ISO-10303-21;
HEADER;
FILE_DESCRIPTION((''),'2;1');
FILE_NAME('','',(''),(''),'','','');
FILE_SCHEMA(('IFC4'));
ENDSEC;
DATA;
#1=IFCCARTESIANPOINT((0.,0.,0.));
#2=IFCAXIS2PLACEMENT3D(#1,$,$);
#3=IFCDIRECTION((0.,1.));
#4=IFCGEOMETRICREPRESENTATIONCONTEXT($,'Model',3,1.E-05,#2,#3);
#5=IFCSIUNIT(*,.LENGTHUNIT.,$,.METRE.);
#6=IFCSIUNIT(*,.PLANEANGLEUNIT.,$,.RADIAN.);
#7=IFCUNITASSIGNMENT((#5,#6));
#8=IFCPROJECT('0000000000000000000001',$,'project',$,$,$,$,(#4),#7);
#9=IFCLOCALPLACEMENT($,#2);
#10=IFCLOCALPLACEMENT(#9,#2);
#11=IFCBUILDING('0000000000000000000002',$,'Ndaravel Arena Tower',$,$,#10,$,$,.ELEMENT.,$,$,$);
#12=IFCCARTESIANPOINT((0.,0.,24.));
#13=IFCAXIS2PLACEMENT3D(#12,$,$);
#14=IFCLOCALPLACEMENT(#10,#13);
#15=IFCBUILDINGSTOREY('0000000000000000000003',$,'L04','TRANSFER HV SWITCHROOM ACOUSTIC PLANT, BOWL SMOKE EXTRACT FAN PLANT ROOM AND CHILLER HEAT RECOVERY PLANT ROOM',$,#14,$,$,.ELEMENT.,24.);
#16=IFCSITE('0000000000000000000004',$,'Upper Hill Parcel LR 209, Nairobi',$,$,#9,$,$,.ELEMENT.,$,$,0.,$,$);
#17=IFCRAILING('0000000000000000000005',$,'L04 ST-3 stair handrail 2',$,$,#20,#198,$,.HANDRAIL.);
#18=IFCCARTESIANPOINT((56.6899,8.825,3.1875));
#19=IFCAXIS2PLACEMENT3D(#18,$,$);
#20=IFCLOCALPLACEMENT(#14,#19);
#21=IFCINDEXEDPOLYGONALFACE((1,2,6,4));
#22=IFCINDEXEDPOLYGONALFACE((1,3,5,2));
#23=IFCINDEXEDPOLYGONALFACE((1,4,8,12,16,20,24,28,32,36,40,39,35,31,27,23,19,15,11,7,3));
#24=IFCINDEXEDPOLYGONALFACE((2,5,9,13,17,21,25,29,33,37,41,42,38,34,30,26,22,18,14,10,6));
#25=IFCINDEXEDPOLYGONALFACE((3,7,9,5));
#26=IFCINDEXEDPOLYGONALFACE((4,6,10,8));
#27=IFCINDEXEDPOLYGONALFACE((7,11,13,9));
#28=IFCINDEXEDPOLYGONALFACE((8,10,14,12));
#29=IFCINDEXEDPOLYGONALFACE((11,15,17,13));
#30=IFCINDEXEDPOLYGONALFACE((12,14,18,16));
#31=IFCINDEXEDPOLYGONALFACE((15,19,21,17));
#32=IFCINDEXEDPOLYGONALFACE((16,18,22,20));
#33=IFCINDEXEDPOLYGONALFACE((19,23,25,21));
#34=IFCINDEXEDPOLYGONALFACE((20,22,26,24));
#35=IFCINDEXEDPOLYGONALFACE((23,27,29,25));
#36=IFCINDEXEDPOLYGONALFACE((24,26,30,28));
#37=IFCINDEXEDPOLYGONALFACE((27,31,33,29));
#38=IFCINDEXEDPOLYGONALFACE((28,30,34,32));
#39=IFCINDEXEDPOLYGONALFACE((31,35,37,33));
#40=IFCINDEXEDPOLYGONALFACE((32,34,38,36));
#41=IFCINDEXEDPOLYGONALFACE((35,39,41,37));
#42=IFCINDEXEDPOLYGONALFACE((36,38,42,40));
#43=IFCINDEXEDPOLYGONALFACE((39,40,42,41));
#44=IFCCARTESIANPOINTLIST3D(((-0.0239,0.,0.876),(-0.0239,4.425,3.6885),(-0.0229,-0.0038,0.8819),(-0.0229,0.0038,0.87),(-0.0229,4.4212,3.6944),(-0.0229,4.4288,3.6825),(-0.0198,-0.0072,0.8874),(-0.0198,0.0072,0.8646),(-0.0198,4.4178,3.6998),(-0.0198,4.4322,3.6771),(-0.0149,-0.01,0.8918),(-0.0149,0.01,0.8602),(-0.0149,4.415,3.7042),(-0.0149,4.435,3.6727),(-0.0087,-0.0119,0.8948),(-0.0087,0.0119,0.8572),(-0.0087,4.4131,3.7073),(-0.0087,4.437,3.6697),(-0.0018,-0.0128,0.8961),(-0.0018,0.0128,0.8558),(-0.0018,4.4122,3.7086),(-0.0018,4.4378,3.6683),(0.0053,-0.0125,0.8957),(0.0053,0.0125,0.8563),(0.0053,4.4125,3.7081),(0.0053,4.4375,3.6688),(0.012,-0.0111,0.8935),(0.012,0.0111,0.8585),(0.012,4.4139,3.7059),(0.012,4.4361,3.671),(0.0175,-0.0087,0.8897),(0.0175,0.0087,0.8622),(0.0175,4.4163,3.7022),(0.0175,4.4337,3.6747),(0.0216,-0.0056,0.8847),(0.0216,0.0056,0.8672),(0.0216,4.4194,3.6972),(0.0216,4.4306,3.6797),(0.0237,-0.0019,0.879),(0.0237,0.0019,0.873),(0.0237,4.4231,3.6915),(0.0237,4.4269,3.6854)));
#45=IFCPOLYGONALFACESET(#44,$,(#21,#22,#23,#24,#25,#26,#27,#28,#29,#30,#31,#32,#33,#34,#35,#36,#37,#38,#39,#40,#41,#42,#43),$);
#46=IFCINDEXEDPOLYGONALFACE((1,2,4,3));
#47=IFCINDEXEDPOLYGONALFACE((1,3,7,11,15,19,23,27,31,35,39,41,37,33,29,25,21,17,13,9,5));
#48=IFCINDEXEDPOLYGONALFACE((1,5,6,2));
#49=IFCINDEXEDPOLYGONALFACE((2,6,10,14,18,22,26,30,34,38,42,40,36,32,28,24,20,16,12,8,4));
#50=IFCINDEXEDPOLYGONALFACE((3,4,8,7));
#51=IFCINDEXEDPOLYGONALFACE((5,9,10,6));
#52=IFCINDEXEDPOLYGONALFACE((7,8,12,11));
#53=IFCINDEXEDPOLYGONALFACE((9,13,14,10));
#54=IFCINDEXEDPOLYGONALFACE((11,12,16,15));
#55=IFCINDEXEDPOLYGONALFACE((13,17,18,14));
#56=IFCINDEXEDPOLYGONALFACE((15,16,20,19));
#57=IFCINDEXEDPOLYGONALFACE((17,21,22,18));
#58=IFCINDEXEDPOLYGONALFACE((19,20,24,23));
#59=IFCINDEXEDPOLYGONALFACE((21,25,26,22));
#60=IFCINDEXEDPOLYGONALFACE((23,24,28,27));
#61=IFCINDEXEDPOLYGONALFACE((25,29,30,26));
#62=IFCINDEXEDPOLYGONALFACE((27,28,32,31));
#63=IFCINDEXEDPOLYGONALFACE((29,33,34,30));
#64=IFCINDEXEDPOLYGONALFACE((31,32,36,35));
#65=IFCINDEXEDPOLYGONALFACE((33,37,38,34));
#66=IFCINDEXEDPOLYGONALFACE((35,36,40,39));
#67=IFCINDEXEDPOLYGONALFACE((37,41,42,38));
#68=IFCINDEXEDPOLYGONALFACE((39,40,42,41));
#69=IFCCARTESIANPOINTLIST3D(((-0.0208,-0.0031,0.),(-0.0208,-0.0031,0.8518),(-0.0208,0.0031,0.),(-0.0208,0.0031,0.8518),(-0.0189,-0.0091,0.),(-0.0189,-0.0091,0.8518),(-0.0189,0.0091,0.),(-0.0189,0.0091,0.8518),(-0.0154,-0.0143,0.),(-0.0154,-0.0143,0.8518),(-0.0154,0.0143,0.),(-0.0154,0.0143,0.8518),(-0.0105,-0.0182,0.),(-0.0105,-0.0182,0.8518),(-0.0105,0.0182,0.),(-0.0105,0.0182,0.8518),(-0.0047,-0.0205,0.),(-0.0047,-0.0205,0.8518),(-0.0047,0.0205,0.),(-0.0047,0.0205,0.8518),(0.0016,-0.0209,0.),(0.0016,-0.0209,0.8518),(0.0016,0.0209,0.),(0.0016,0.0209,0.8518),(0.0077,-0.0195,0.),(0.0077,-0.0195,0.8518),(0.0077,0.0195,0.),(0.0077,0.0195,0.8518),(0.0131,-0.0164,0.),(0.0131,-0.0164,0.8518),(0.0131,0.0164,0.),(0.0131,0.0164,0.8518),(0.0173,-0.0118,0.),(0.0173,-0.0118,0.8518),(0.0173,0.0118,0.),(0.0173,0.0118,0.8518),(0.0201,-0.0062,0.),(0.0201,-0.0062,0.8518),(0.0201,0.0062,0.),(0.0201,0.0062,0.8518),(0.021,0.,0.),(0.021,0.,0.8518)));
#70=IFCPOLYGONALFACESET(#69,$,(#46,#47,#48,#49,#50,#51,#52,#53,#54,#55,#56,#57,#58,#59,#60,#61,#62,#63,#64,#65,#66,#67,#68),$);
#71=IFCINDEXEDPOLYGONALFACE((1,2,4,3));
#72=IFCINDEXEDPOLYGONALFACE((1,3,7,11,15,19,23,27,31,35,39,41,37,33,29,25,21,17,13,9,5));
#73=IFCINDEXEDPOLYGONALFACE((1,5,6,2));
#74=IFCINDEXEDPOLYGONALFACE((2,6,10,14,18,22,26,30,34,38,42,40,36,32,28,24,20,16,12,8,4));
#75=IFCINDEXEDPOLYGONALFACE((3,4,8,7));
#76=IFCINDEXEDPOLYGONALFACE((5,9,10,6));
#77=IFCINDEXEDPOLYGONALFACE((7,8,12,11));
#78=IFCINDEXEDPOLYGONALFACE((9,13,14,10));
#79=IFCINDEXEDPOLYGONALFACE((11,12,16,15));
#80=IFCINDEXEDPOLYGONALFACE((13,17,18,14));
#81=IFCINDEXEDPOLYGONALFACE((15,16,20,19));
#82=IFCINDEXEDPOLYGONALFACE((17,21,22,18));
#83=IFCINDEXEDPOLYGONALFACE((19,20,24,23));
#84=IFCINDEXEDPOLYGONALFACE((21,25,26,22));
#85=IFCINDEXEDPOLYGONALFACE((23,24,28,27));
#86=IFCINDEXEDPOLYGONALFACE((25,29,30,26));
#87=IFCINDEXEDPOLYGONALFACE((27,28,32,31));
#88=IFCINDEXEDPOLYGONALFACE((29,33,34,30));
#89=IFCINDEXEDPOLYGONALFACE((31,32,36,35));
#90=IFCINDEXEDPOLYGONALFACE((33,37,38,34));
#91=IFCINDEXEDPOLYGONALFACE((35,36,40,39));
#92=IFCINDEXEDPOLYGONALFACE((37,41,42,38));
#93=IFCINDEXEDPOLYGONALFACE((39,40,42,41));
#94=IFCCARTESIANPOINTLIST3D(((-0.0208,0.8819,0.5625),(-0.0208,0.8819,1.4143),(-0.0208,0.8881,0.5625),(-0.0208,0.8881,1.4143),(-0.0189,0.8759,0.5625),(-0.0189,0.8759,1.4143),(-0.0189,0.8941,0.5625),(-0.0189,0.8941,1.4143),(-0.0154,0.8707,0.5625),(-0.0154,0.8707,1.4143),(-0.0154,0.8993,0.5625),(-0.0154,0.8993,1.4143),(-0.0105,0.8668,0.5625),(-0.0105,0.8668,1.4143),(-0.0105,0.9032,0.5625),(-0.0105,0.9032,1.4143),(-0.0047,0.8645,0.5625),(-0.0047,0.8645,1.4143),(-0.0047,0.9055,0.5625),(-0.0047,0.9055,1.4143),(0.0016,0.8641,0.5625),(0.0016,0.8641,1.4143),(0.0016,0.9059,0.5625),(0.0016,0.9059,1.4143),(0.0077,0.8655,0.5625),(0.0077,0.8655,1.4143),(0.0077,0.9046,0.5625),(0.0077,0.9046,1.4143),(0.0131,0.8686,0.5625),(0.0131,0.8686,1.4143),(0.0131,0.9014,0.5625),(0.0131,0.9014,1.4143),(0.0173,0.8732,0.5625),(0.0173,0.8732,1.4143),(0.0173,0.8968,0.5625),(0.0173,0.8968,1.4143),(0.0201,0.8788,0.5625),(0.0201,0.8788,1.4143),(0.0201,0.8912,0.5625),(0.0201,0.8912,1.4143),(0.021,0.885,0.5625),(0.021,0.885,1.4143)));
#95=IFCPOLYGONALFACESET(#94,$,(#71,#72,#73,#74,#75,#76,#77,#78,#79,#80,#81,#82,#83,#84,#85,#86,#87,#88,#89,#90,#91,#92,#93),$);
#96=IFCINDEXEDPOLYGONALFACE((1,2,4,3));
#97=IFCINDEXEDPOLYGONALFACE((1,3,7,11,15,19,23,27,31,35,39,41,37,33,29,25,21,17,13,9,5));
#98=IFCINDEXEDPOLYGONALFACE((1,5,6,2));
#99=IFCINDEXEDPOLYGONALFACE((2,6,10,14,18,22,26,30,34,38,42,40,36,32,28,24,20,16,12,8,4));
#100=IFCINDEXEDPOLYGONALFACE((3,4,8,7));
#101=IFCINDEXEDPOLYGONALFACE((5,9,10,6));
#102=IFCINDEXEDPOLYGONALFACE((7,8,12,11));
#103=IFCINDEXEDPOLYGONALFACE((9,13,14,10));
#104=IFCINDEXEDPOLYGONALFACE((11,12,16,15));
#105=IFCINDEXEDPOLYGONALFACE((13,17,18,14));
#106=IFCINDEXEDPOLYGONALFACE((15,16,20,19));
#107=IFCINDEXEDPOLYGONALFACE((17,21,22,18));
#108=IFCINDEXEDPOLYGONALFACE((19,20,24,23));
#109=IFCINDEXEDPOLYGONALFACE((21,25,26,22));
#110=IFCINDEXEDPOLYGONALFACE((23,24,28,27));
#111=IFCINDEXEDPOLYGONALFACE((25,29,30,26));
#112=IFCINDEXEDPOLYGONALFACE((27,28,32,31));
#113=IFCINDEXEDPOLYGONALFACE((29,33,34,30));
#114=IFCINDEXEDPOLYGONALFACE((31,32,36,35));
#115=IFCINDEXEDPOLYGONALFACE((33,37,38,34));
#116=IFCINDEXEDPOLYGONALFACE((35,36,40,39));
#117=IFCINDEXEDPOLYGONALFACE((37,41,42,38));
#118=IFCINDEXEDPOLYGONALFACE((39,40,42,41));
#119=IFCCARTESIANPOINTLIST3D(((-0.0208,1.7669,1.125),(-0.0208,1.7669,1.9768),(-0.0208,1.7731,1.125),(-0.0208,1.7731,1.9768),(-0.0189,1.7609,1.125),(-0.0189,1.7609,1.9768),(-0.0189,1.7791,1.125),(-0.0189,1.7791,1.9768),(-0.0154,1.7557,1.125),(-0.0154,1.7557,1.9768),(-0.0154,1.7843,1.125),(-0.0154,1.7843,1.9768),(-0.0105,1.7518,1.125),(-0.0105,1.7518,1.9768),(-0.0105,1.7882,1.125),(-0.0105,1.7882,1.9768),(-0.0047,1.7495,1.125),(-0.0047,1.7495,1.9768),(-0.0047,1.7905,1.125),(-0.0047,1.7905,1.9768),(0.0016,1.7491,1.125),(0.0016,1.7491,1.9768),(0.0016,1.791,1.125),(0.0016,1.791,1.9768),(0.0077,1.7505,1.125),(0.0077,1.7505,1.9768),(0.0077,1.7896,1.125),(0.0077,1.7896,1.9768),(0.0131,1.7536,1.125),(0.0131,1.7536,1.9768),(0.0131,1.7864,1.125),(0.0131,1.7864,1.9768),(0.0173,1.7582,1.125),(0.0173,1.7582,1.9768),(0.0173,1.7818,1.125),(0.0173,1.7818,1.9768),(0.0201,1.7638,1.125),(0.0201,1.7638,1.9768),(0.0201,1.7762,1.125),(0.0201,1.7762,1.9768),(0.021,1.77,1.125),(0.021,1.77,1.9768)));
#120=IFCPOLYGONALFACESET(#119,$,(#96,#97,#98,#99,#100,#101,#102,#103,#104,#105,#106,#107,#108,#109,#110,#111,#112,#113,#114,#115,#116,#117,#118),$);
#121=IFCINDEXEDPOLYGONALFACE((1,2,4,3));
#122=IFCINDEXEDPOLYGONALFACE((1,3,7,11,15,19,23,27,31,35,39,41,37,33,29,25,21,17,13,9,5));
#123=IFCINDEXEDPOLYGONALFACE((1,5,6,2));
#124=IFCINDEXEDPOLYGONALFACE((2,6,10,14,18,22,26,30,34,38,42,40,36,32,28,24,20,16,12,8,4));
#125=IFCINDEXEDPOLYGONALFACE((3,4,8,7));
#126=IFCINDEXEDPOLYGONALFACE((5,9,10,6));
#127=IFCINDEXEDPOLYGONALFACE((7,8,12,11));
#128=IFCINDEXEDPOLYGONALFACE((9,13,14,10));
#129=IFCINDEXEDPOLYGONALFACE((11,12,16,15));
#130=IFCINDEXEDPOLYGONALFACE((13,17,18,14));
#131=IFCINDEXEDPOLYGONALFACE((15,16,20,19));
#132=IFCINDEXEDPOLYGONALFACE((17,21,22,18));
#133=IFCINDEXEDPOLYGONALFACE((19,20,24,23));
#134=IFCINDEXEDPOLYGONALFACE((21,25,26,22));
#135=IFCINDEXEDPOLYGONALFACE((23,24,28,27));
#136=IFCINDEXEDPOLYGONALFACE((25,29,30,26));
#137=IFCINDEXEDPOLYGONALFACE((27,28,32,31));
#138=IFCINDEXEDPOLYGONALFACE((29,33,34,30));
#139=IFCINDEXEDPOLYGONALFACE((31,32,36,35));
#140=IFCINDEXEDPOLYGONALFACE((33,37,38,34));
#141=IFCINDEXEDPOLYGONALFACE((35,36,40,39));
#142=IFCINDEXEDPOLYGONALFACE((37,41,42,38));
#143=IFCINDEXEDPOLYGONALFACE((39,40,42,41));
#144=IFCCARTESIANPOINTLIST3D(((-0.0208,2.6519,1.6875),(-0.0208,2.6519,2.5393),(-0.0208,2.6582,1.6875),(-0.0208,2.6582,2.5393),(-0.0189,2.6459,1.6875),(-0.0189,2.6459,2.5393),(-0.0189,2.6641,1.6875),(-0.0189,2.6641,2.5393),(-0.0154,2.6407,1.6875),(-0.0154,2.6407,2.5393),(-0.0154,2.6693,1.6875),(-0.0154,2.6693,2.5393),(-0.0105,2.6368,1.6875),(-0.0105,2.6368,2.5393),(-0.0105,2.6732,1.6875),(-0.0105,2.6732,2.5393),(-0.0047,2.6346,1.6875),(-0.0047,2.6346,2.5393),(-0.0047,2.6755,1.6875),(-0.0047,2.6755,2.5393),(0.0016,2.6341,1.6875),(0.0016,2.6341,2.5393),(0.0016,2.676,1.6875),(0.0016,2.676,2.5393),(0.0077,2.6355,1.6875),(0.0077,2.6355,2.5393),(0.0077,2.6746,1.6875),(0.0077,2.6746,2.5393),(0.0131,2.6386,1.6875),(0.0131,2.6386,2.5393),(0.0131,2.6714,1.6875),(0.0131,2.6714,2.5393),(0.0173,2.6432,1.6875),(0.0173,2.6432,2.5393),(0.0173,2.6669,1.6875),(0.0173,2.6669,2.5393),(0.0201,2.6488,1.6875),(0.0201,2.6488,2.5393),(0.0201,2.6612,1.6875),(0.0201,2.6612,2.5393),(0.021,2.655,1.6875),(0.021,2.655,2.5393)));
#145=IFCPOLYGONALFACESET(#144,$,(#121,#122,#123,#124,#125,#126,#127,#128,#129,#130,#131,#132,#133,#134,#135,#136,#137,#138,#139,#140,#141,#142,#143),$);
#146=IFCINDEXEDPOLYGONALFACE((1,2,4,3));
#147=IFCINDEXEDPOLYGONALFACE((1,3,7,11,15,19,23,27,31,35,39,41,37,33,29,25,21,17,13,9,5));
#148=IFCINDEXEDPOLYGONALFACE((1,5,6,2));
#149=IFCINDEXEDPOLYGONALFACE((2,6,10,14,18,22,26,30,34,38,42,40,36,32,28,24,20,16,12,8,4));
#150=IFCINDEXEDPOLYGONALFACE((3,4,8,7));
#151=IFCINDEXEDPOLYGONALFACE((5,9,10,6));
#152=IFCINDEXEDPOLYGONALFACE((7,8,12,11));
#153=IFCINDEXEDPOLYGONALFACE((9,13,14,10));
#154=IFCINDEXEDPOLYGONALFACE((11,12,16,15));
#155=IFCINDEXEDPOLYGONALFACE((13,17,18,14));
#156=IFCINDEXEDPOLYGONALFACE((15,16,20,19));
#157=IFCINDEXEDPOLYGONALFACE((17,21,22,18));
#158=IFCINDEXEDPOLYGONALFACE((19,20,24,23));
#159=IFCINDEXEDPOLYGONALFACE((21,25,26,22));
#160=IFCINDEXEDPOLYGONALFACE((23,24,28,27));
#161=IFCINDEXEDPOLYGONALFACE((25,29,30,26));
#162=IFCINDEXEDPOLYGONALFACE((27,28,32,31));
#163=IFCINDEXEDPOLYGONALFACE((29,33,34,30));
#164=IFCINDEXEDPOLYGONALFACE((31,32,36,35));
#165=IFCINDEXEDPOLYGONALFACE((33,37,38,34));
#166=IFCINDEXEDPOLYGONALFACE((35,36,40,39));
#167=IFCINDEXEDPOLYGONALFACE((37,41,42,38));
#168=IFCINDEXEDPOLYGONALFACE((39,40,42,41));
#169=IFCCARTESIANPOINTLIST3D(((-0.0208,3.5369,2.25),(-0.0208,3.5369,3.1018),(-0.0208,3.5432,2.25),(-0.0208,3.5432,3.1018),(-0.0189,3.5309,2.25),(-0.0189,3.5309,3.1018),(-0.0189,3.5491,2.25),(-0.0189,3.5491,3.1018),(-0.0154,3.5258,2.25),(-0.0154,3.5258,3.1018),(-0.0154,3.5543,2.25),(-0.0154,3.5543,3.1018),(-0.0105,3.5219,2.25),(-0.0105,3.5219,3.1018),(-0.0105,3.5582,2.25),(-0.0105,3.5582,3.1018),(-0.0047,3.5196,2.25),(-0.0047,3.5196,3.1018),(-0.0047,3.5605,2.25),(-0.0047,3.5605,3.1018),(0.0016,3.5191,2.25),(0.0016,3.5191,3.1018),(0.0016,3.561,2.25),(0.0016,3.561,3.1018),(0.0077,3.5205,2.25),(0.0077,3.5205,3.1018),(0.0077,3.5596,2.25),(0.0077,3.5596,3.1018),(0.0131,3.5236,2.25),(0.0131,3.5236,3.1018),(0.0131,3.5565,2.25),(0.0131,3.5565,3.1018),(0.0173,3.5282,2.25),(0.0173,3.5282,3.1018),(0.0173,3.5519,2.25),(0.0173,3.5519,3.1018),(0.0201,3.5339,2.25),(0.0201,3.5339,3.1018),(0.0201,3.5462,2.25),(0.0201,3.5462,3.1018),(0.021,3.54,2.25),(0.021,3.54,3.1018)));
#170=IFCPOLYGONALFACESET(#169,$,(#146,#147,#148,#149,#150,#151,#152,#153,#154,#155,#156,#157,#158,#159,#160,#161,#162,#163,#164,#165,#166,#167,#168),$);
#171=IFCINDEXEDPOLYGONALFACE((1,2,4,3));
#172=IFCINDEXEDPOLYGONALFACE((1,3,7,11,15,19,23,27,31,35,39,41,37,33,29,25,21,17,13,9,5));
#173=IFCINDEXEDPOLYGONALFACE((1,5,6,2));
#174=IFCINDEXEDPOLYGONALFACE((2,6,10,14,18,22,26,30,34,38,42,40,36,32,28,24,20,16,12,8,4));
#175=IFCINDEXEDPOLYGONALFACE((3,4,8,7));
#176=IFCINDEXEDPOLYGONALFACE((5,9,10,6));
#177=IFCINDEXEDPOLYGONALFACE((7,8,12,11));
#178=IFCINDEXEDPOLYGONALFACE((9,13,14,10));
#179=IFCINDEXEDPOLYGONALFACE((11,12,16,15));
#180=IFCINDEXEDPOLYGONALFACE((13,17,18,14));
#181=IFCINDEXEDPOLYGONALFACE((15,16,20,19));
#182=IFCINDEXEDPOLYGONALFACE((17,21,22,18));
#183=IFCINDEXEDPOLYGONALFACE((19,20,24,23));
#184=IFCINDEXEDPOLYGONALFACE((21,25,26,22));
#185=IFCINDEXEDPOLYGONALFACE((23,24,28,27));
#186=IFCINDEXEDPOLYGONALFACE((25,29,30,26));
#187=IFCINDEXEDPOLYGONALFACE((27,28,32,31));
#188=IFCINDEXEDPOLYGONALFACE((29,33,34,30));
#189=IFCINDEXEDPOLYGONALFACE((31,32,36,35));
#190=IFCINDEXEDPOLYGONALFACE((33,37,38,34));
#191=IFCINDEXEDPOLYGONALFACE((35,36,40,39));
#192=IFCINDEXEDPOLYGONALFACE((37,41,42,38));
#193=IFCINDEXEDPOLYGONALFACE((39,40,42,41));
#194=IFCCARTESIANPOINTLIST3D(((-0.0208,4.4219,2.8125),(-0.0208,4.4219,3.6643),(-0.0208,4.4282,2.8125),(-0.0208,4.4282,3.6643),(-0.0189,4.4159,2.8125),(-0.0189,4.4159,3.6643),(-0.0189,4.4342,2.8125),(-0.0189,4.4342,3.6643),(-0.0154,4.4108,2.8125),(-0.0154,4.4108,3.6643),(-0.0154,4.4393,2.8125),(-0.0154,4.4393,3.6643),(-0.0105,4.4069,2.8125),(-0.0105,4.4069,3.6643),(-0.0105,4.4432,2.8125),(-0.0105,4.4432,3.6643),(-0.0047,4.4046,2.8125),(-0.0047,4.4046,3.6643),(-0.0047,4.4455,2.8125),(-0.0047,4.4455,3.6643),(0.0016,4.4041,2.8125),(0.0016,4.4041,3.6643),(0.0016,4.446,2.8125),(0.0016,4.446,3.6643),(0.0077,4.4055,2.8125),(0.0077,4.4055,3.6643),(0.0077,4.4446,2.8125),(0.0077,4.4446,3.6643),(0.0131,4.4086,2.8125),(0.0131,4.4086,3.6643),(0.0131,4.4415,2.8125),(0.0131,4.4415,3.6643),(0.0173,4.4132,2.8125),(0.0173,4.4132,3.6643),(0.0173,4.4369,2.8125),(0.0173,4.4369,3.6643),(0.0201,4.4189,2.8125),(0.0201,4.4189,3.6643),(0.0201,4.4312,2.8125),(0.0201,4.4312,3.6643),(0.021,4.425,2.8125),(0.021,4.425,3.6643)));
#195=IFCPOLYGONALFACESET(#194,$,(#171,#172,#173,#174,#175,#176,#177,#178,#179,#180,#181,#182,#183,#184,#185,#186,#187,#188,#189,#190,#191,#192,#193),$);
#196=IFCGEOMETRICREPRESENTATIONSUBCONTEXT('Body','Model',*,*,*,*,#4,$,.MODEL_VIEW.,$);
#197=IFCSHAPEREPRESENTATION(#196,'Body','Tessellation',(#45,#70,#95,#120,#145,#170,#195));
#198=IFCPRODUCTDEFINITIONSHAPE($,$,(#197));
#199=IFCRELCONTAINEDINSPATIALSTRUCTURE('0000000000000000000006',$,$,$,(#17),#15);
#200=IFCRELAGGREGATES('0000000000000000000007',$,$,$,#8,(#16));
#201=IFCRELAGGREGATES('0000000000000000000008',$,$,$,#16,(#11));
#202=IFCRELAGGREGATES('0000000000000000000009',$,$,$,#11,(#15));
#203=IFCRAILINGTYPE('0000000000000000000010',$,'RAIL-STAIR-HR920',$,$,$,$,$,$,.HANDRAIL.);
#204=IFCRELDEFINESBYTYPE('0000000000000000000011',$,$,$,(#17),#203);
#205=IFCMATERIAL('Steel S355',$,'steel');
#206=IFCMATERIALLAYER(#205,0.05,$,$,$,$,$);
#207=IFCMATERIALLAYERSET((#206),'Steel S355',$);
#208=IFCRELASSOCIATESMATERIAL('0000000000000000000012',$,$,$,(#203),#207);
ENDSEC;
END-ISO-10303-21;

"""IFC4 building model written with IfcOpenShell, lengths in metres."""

from ifc_helpers import new_model, si_unit, direction, frame, origin, origin_2d, place, context, subcontext, project, spatial, circle, extrude, material, layer, layer_set, type_object, element, save


model = new_model("IFC4")

# Units and contexts
model_context = context("Model", 3, precision=1e-05, world=origin(), true_north=direction((0.0, 1.0)))
body_context = subcontext(model_context, "Body", "Model", "MODEL_VIEW")
ifc_project = project(units=[si_unit("LENGTHUNIT", "METRE"), si_unit("PLANEANGLEUNIT", "RADIAN")], contexts=[model_context])

# Site, building, storey
site_placement = place(None, origin())
site = spatial("IfcSite", under=ifc_project, at=site_placement, Name="Upper Hill Parcel LR 209, Nairobi", CompositionType="ELEMENT", RefElevation=0.0)
building_placement = place(site_placement, origin())
building = spatial("IfcBuilding", under=site, at=building_placement, Name="Ndaravel Arena Tower", CompositionType="ELEMENT")
storey_placement = place(building_placement, frame((0.0, 0.0, 24.0)))
storey = spatial("IfcBuildingStorey", under=building, at=storey_placement, Name="L04", Description="TRANSFER HV SWITCHROOM ACOUSTIC PLANT, BOWL SMOKE EXTRACT FAN PLANT ROOM AND CHILLER HEAT RECOVERY PLANT ROOM", CompositionType="ELEMENT", Elevation=24.0)

# Railing
ifc_material_1 = material(Name="Steel S355", Category="steel")
ifc_layer_1 = layer(ifc_material_1, 0.05)
ifc_layer_set_1 = layer_set([ifc_layer_1], Name="Steel S355")
railing_type_1 = type_object("IfcRailingType", Name="RAIL-STAIR-HR920", PredefinedType="HANDRAIL", material=ifc_layer_set_1)
railing_1_placement = place(storey_placement, frame((56.6899, 8.825, 3.1875)))
element("IfcRailing", 1, at=railing_1_placement, inside=storey, type_object=railing_type_1, Name="L04 ST-3 stair handrail 2", PredefinedType="HANDRAIL", context=body_context, shape_type="SweptSolid", body=[
    extrude(circle(Radius=0.0239, at=origin_2d()), frame((0.0, 0.0, 0.876), z_axis=(0.0, 0.843959, 0.536408), x_axis=(-1.0, 0.0, 0.0)), (0.0, 0.0, 1.0), 5.2432),
    extrude(circle(Radius=0.021, at=origin_2d()), origin(), (0.0, 0.0, 1.0), 0.8518),
    extrude(circle(Radius=0.021, at=origin_2d()), frame((0.0, 0.885, 0.5625)), (0.0, 0.0, 1.0), 0.8518),
    extrude(circle(Radius=0.021, at=origin_2d()), frame((0.0, 1.77, 1.125)), (0.0, 0.0, 1.0), 0.8518),
    extrude(circle(Radius=0.021, at=origin_2d()), frame((0.0, 2.655, 1.6875)), (0.0, 0.0, 1.0), 0.8518),
    extrude(circle(Radius=0.021, at=origin_2d()), frame((0.0, 3.54, 2.25)), (0.0, 0.0, 1.0), 0.8518),
    extrude(circle(Radius=0.021, at=origin_2d()), frame((0.0, 4.425, 2.8125)), (0.0, 0.0, 1.0), 0.8518),
])

save(model, "model.ifc")
